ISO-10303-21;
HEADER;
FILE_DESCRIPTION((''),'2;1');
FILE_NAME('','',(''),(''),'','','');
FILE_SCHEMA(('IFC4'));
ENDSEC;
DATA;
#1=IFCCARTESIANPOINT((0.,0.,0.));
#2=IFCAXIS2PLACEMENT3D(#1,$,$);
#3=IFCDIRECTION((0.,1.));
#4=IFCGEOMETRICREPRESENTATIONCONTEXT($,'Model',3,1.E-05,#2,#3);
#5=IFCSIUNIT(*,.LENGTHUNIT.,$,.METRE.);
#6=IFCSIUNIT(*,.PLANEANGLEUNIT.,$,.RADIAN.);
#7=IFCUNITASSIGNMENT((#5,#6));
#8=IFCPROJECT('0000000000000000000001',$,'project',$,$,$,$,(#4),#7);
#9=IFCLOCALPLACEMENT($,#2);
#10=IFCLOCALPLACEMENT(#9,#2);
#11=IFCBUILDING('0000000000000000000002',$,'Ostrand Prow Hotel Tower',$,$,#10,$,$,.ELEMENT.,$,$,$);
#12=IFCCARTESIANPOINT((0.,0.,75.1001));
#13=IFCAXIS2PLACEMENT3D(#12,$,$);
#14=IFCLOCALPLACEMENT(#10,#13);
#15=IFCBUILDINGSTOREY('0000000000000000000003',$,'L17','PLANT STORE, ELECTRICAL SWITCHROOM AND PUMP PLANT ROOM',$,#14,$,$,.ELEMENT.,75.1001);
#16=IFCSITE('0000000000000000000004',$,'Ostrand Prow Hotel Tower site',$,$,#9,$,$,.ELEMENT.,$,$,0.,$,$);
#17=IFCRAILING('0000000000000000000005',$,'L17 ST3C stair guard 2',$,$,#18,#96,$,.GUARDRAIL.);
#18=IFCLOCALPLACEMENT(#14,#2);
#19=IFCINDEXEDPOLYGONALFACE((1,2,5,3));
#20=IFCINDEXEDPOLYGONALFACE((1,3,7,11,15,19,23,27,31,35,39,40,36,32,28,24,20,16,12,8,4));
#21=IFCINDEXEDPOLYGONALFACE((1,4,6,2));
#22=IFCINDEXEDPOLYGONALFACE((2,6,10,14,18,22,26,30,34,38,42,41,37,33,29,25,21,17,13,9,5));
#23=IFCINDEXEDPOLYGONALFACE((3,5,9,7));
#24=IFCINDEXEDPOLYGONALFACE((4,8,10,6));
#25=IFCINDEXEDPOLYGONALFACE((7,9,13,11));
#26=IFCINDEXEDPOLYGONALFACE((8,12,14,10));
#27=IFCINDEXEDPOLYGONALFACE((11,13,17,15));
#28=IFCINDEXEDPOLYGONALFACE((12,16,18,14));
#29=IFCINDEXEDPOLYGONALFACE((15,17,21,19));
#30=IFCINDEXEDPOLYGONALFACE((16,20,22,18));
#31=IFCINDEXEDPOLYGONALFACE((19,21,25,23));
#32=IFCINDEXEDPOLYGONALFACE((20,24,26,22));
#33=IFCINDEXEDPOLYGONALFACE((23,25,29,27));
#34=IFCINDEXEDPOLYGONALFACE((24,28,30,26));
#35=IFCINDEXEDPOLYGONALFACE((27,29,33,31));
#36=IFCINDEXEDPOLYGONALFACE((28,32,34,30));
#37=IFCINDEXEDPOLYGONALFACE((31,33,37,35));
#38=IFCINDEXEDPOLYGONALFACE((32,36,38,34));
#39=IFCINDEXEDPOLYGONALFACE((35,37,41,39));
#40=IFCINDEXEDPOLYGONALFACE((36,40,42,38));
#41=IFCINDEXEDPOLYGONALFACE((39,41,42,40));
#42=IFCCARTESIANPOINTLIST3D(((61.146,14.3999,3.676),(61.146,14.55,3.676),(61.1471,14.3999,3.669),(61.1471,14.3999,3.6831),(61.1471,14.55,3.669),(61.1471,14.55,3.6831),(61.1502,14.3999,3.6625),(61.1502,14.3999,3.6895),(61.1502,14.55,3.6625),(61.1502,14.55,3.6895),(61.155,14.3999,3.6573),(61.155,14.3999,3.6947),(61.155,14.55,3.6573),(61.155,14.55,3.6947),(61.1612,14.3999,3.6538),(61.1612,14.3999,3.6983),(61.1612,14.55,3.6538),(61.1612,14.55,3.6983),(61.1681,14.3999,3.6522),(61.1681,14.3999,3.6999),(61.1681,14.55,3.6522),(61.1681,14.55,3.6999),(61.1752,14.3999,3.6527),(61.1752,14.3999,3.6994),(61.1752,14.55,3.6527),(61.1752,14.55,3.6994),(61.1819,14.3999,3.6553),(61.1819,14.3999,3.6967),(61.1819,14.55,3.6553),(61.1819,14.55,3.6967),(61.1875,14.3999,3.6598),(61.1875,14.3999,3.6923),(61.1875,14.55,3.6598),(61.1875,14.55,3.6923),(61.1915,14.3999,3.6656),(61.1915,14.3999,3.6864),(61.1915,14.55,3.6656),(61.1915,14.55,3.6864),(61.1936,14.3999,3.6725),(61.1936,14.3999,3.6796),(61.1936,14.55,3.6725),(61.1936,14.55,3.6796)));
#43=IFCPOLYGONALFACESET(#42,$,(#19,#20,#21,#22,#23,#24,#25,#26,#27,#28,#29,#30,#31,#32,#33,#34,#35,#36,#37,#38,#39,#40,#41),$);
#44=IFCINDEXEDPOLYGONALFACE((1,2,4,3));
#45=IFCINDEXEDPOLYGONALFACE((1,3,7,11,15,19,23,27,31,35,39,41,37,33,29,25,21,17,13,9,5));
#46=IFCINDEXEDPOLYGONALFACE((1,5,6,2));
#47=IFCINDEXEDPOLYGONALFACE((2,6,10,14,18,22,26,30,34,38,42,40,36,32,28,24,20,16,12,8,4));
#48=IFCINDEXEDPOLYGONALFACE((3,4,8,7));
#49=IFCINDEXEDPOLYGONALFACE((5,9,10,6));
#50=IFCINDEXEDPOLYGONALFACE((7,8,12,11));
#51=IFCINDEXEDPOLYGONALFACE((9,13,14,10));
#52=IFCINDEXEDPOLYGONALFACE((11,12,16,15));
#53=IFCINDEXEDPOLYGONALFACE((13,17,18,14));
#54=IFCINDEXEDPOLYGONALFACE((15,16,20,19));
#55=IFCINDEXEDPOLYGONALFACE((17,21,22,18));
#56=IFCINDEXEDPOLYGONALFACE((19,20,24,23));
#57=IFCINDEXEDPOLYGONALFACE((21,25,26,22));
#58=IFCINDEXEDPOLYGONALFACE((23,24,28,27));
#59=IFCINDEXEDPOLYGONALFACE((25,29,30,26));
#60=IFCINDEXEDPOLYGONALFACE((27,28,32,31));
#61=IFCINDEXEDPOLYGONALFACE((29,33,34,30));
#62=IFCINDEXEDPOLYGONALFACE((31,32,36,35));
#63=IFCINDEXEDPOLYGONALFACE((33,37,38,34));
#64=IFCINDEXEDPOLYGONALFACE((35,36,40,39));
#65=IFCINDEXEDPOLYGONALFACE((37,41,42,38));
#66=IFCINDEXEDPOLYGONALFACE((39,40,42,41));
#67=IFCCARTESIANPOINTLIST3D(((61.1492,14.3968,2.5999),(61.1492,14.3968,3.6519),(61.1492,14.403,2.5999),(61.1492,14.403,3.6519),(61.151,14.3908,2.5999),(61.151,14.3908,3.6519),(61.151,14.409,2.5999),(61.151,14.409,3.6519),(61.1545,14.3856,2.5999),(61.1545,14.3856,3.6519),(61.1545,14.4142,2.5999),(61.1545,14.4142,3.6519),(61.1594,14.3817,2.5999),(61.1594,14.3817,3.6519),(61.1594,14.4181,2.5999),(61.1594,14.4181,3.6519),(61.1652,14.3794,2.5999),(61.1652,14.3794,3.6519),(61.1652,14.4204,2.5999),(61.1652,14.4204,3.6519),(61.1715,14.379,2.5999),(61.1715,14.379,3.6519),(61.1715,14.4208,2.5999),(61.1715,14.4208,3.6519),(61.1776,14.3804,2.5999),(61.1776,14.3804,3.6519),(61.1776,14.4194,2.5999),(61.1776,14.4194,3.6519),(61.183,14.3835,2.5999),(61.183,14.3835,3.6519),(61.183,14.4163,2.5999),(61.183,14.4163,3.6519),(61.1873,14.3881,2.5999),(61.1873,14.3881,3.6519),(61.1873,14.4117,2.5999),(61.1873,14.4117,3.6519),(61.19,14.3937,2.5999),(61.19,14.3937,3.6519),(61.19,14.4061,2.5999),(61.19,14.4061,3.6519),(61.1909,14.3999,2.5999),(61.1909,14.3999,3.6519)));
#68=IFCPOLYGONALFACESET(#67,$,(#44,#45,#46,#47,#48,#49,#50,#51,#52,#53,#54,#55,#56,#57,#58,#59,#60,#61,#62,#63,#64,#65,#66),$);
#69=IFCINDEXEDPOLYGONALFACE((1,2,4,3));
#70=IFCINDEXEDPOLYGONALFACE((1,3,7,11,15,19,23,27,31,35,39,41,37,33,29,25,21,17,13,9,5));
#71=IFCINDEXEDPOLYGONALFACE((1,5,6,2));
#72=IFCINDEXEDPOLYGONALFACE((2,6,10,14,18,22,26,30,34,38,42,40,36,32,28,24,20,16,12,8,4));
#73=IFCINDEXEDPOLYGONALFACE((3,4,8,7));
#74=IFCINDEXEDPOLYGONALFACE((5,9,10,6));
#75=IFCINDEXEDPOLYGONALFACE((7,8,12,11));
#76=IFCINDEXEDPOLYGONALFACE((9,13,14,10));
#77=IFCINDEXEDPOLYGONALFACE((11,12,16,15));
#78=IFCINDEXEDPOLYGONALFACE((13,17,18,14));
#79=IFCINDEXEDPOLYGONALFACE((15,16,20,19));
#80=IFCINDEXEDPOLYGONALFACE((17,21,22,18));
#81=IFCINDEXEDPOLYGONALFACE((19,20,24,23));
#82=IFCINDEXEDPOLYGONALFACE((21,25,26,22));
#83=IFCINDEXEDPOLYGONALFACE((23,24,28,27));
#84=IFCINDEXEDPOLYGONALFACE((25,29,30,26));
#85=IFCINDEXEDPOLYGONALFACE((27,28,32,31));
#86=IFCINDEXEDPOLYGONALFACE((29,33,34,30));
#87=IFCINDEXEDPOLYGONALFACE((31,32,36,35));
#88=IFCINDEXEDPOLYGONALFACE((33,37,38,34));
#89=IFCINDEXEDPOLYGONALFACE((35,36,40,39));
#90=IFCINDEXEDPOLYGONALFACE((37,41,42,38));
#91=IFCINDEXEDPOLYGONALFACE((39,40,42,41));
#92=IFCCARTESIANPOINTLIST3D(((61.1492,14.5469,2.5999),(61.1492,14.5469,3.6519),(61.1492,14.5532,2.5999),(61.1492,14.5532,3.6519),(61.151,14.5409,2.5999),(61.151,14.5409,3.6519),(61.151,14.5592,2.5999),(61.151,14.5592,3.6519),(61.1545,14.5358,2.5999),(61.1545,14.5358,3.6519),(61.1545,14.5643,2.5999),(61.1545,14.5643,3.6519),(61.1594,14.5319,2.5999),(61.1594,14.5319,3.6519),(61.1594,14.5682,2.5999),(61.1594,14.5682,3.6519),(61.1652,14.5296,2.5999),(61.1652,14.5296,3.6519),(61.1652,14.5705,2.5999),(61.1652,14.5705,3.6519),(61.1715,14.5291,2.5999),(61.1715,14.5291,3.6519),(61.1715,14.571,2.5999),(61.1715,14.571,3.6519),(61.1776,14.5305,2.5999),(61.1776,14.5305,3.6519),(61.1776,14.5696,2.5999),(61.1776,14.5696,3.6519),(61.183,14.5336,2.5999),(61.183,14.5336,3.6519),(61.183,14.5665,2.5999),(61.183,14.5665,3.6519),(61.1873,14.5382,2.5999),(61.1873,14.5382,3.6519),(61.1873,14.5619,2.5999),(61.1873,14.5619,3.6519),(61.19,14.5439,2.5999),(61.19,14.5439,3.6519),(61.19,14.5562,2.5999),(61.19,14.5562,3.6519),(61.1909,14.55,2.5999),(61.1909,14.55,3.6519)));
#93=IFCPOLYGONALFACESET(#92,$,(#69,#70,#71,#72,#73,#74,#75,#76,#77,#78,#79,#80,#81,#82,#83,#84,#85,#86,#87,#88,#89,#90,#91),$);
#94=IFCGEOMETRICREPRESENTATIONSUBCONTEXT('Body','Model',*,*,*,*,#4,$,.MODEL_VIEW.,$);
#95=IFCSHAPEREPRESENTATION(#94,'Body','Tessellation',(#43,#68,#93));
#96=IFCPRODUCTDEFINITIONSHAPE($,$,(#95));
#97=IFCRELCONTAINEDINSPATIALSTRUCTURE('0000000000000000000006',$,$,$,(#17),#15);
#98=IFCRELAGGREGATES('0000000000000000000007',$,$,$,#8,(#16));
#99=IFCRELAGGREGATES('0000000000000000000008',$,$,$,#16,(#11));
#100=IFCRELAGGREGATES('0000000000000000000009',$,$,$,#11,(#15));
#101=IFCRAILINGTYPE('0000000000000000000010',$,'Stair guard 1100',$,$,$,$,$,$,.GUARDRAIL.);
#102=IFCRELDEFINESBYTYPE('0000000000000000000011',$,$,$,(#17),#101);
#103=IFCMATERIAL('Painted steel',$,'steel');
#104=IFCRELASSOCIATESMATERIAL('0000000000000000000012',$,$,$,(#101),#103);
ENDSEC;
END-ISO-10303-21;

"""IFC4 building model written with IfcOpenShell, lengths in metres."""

from ifc_helpers import new_model, si_unit, direction, frame, origin, origin_2d, place, context, subcontext, project, spatial, circle, extrude, material, type_object, element, save


model = new_model("IFC4")

# Units and contexts
model_context = context("Model", 3, precision=1e-05, world=origin(), true_north=direction((0.0, 1.0)))
body_context = subcontext(model_context, "Body", "Model", "MODEL_VIEW")
ifc_project = project(units=[si_unit("LENGTHUNIT", "METRE"), si_unit("PLANEANGLEUNIT", "RADIAN")], contexts=[model_context])

# Site, building, storey
site_placement = place(None, origin())
site = spatial("IfcSite", under=ifc_project, at=site_placement, Name="Ostrand Prow Hotel Tower site", CompositionType="ELEMENT", RefElevation=0.0)
building_placement = place(site_placement, origin())
building = spatial("IfcBuilding", under=site, at=building_placement, Name="Ostrand Prow Hotel Tower", CompositionType="ELEMENT")
storey_placement = place(building_placement, frame((0.0, 0.0, 75.1001)))
storey = spatial("IfcBuildingStorey", under=building, at=storey_placement, Name="L17", Description="PLANT STORE, ELECTRICAL SWITCHROOM AND PUMP PLANT ROOM", CompositionType="ELEMENT", Elevation=75.1001)

# Railing
ifc_material_1 = material(Name="Painted steel", Category="steel")
railing_type_1 = type_object("IfcRailingType", Name="Stair guard 1100", PredefinedType="GUARDRAIL", material=ifc_material_1)
railing_1_placement = place(storey_placement, frame((61.1699, 14.3999, 2.5999)))
element("IfcRailing", 1, at=railing_1_placement, inside=storey, type_object=railing_type_1, Name="L17 ST3C stair guard 2", PredefinedType="GUARDRAIL", context=body_context, shape_type="SweptSolid", body=[
    extrude(circle(Radius=0.0239, at=origin_2d()), frame((0.0, 0.0, 1.0762), z_axis=(0.0, 1.0, 0.0), x_axis=(-1.0, 0.0, 0.0)), (0.0, 0.0, 1.0), 0.1501),
    extrude(circle(Radius=0.021, at=origin_2d()), origin(), (0.0, 0.0, 1.0), 1.052),
    extrude(circle(Radius=0.021, at=origin_2d()), frame((0.0, 0.1501, 0.0)), (0.0, 0.0, 1.0), 1.052),
])

save(model, "model.ifc")
